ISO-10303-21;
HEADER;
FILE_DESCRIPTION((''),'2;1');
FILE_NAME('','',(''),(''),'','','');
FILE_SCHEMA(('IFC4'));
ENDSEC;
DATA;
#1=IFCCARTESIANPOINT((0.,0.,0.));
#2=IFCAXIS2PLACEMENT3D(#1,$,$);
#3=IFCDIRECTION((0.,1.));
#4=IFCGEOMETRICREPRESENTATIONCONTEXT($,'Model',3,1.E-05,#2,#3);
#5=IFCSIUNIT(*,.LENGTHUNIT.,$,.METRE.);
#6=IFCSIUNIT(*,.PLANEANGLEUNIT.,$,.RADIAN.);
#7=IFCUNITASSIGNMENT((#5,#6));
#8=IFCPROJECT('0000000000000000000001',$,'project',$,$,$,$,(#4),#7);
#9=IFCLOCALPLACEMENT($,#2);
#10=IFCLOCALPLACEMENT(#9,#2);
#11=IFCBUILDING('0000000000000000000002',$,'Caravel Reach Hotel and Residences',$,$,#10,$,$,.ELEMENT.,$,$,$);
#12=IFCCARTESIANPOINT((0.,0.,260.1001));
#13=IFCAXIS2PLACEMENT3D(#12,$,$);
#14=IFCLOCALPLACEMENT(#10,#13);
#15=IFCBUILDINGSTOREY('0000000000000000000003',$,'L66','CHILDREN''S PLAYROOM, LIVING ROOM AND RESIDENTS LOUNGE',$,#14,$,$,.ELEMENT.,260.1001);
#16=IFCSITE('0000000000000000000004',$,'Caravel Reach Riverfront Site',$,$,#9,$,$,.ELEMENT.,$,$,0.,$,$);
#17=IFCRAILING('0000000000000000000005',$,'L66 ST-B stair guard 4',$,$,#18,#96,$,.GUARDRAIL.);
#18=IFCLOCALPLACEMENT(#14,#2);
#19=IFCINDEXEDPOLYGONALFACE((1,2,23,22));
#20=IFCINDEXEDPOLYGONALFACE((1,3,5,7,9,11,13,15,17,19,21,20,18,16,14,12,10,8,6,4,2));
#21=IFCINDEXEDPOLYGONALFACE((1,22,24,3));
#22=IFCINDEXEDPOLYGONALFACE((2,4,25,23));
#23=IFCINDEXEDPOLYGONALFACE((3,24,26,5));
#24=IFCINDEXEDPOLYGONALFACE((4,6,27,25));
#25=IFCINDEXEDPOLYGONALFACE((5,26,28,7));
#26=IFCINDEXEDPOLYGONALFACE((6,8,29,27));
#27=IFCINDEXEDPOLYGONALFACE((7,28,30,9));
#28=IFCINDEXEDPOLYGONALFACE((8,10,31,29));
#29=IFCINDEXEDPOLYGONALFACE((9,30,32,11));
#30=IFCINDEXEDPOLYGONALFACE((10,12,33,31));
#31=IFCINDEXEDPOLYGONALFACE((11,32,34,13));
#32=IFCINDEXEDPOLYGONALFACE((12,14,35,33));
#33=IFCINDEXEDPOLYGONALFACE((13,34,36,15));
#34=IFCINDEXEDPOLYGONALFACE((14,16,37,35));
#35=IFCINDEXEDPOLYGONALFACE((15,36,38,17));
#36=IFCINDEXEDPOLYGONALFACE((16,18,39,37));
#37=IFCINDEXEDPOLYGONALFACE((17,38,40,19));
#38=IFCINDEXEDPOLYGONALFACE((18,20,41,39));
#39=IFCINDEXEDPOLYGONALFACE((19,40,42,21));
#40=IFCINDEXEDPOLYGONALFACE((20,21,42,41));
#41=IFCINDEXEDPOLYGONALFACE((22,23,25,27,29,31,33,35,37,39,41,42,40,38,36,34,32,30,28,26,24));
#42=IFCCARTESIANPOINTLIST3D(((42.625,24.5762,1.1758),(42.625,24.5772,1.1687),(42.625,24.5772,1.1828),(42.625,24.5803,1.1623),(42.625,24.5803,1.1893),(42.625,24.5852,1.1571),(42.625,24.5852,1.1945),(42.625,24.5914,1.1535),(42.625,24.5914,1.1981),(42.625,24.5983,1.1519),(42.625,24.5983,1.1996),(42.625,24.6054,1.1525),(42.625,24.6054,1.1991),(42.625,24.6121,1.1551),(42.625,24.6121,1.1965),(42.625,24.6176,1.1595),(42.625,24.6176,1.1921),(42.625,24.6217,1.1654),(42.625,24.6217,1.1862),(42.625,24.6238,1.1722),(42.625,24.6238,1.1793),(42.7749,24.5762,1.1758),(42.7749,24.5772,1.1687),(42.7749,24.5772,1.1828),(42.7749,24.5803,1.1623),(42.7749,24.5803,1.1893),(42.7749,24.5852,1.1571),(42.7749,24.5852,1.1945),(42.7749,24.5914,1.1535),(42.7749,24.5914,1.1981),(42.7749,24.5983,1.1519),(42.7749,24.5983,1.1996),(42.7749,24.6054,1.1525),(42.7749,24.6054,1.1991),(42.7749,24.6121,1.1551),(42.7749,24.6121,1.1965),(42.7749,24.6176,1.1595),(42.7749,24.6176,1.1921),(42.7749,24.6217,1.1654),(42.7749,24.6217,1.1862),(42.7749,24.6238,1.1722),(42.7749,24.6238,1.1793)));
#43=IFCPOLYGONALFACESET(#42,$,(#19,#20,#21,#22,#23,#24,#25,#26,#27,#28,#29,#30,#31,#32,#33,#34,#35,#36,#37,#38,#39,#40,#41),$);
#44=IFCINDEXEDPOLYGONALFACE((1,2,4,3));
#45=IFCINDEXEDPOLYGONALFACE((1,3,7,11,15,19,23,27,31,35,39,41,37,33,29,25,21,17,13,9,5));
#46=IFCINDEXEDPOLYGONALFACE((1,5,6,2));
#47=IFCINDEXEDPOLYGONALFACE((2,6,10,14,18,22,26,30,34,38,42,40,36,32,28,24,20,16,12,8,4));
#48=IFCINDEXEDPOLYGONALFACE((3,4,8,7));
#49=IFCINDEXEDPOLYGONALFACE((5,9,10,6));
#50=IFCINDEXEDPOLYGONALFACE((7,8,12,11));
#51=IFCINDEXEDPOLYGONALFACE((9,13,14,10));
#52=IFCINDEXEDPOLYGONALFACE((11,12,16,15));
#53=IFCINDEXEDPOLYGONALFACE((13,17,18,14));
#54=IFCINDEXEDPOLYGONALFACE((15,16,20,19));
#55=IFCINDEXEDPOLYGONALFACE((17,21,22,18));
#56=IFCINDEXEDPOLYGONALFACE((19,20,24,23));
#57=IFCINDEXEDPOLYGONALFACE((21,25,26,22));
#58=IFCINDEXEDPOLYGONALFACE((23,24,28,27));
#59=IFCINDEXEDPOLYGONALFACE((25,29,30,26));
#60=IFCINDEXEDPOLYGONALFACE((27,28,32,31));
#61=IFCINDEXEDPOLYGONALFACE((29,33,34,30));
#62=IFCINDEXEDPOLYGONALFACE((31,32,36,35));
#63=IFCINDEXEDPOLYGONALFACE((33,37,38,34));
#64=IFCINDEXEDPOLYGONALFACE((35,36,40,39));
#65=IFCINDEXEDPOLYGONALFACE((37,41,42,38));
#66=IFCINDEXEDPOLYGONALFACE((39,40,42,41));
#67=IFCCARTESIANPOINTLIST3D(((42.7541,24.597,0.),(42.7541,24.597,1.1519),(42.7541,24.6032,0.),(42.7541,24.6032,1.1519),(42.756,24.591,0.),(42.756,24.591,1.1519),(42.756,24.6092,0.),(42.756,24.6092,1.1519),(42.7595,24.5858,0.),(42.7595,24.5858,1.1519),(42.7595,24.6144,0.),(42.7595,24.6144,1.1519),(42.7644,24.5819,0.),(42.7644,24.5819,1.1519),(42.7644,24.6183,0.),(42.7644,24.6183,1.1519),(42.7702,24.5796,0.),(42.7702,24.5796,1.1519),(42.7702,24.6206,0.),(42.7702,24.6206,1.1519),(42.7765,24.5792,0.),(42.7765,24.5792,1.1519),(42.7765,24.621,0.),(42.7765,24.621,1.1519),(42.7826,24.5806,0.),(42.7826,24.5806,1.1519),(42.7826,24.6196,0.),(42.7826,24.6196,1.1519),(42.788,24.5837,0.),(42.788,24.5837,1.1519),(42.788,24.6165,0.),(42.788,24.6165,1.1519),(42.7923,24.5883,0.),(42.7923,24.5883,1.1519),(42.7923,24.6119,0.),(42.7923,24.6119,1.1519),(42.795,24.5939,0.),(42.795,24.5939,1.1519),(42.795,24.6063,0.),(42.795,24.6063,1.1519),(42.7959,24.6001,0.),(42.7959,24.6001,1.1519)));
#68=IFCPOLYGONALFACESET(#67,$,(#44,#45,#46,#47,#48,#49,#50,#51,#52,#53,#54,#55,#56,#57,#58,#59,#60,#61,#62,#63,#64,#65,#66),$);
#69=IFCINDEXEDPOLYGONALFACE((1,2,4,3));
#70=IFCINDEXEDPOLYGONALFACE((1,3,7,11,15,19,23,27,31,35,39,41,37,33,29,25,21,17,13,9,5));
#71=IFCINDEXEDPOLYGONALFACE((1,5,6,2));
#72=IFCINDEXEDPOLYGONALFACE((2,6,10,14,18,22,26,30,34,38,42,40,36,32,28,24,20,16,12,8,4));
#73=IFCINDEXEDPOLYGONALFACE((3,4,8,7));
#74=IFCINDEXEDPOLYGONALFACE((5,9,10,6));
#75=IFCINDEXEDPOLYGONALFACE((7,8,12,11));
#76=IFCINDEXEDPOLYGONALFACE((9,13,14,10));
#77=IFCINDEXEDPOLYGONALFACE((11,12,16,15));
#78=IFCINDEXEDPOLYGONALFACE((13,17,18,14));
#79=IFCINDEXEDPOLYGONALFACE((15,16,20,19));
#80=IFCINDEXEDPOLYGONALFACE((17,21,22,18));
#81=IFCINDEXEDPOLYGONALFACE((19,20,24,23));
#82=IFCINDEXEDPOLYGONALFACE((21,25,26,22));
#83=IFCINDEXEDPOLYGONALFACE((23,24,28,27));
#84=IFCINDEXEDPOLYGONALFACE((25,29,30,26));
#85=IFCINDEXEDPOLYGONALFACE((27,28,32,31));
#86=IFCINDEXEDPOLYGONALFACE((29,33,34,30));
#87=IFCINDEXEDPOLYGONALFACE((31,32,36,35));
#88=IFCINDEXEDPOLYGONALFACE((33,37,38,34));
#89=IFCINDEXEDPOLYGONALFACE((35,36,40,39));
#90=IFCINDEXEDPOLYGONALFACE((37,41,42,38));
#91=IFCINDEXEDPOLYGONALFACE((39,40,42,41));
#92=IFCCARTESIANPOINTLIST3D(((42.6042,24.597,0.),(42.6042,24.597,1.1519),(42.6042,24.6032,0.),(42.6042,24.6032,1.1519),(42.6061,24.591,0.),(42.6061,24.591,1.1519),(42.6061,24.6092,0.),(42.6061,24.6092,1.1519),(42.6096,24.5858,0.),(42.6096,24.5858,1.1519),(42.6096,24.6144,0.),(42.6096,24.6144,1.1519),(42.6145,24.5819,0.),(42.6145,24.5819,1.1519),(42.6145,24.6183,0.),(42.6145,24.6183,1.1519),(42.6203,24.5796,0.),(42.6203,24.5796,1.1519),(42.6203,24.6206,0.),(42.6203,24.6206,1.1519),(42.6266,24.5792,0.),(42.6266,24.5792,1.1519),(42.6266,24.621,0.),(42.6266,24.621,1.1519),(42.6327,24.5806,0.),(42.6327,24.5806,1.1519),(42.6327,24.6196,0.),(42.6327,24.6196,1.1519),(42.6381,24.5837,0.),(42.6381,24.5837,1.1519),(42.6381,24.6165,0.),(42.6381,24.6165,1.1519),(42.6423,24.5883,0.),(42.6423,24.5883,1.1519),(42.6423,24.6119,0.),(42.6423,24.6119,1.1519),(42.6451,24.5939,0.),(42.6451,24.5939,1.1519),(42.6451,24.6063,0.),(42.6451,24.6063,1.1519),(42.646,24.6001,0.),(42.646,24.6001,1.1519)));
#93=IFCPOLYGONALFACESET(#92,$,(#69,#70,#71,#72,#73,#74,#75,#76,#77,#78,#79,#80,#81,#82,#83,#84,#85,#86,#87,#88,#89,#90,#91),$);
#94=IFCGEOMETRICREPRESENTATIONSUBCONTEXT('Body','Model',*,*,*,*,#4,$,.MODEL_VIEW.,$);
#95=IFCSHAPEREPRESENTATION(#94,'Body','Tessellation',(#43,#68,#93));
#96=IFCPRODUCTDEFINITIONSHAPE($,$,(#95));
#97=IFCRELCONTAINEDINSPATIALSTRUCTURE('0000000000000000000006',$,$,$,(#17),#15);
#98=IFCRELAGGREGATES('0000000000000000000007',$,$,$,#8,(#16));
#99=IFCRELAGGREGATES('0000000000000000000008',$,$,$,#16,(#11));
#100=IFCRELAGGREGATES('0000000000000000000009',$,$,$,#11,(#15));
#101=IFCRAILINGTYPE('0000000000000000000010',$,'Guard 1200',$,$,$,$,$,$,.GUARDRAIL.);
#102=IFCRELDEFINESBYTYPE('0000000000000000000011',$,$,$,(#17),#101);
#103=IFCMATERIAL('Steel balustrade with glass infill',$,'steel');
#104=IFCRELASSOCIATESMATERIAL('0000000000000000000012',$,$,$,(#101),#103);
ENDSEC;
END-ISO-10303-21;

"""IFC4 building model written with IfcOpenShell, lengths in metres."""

from ifc_helpers import new_model, si_unit, direction, frame, origin, origin_2d, place, context, subcontext, project, spatial, circle, extrude, material, type_object, element, save


model = new_model("IFC4")

# Units and contexts
model_context = context("Model", 3, precision=1e-05, world=origin(), true_north=direction((0.0, 1.0)))
body_context = subcontext(model_context, "Body", "Model", "MODEL_VIEW")
ifc_project = project(units=[si_unit("LENGTHUNIT", "METRE"), si_unit("PLANEANGLEUNIT", "RADIAN")], contexts=[model_context])

# Site, building, storey
site_placement = place(None, origin())
site = spatial("IfcSite", under=ifc_project, at=site_placement, Name="Caravel Reach Riverfront Site", CompositionType="ELEMENT", RefElevation=0.0)
building_placement = place(site_placement, origin())
building = spatial("IfcBuilding", under=site, at=building_placement, Name="Caravel Reach Hotel and Residences", CompositionType="ELEMENT")
storey_placement = place(building_placement, frame((0.0, 0.0, 260.1001)))
storey = spatial("IfcBuildingStorey", under=building, at=storey_placement, Name="L66", Description="CHILDREN'S PLAYROOM, LIVING ROOM AND RESIDENTS LOUNGE", CompositionType="ELEMENT", Elevation=260.1001)

# Railing
ifc_material_1 = material(Name="Steel balustrade with glass infill", Category="steel")
railing_type_1 = type_object("IfcRailingType", Name="Guard 1200", PredefinedType="GUARDRAIL", material=ifc_material_1)
railing_1_placement = place(storey_placement, frame((42.7749, 24.6001, 0.0)))
element("IfcRailing", 1, at=railing_1_placement, inside=storey, type_object=railing_type_1, Name="L66 ST-B stair guard 4", PredefinedType="GUARDRAIL", context=body_context, shape_type="SweptSolid", body=[
    extrude(circle(Radius=0.0239, at=origin_2d()), frame((0.0, 0.0, 1.1758), z_axis=(-1.0, 0.0, 0.0), x_axis=(0.0, -1.0, 0.0)), (0.0, 0.0, 1.0), 0.1499),
    extrude(circle(Radius=0.021, at=origin_2d()), origin(), (0.0, 0.0, 1.0), 1.1519),
    extrude(circle(Radius=0.021, at=origin_2d()), frame((-0.1499, 0.0, 0.0)), (0.0, 0.0, 1.0), 1.1519),
])

save(model, "model.ifc")
